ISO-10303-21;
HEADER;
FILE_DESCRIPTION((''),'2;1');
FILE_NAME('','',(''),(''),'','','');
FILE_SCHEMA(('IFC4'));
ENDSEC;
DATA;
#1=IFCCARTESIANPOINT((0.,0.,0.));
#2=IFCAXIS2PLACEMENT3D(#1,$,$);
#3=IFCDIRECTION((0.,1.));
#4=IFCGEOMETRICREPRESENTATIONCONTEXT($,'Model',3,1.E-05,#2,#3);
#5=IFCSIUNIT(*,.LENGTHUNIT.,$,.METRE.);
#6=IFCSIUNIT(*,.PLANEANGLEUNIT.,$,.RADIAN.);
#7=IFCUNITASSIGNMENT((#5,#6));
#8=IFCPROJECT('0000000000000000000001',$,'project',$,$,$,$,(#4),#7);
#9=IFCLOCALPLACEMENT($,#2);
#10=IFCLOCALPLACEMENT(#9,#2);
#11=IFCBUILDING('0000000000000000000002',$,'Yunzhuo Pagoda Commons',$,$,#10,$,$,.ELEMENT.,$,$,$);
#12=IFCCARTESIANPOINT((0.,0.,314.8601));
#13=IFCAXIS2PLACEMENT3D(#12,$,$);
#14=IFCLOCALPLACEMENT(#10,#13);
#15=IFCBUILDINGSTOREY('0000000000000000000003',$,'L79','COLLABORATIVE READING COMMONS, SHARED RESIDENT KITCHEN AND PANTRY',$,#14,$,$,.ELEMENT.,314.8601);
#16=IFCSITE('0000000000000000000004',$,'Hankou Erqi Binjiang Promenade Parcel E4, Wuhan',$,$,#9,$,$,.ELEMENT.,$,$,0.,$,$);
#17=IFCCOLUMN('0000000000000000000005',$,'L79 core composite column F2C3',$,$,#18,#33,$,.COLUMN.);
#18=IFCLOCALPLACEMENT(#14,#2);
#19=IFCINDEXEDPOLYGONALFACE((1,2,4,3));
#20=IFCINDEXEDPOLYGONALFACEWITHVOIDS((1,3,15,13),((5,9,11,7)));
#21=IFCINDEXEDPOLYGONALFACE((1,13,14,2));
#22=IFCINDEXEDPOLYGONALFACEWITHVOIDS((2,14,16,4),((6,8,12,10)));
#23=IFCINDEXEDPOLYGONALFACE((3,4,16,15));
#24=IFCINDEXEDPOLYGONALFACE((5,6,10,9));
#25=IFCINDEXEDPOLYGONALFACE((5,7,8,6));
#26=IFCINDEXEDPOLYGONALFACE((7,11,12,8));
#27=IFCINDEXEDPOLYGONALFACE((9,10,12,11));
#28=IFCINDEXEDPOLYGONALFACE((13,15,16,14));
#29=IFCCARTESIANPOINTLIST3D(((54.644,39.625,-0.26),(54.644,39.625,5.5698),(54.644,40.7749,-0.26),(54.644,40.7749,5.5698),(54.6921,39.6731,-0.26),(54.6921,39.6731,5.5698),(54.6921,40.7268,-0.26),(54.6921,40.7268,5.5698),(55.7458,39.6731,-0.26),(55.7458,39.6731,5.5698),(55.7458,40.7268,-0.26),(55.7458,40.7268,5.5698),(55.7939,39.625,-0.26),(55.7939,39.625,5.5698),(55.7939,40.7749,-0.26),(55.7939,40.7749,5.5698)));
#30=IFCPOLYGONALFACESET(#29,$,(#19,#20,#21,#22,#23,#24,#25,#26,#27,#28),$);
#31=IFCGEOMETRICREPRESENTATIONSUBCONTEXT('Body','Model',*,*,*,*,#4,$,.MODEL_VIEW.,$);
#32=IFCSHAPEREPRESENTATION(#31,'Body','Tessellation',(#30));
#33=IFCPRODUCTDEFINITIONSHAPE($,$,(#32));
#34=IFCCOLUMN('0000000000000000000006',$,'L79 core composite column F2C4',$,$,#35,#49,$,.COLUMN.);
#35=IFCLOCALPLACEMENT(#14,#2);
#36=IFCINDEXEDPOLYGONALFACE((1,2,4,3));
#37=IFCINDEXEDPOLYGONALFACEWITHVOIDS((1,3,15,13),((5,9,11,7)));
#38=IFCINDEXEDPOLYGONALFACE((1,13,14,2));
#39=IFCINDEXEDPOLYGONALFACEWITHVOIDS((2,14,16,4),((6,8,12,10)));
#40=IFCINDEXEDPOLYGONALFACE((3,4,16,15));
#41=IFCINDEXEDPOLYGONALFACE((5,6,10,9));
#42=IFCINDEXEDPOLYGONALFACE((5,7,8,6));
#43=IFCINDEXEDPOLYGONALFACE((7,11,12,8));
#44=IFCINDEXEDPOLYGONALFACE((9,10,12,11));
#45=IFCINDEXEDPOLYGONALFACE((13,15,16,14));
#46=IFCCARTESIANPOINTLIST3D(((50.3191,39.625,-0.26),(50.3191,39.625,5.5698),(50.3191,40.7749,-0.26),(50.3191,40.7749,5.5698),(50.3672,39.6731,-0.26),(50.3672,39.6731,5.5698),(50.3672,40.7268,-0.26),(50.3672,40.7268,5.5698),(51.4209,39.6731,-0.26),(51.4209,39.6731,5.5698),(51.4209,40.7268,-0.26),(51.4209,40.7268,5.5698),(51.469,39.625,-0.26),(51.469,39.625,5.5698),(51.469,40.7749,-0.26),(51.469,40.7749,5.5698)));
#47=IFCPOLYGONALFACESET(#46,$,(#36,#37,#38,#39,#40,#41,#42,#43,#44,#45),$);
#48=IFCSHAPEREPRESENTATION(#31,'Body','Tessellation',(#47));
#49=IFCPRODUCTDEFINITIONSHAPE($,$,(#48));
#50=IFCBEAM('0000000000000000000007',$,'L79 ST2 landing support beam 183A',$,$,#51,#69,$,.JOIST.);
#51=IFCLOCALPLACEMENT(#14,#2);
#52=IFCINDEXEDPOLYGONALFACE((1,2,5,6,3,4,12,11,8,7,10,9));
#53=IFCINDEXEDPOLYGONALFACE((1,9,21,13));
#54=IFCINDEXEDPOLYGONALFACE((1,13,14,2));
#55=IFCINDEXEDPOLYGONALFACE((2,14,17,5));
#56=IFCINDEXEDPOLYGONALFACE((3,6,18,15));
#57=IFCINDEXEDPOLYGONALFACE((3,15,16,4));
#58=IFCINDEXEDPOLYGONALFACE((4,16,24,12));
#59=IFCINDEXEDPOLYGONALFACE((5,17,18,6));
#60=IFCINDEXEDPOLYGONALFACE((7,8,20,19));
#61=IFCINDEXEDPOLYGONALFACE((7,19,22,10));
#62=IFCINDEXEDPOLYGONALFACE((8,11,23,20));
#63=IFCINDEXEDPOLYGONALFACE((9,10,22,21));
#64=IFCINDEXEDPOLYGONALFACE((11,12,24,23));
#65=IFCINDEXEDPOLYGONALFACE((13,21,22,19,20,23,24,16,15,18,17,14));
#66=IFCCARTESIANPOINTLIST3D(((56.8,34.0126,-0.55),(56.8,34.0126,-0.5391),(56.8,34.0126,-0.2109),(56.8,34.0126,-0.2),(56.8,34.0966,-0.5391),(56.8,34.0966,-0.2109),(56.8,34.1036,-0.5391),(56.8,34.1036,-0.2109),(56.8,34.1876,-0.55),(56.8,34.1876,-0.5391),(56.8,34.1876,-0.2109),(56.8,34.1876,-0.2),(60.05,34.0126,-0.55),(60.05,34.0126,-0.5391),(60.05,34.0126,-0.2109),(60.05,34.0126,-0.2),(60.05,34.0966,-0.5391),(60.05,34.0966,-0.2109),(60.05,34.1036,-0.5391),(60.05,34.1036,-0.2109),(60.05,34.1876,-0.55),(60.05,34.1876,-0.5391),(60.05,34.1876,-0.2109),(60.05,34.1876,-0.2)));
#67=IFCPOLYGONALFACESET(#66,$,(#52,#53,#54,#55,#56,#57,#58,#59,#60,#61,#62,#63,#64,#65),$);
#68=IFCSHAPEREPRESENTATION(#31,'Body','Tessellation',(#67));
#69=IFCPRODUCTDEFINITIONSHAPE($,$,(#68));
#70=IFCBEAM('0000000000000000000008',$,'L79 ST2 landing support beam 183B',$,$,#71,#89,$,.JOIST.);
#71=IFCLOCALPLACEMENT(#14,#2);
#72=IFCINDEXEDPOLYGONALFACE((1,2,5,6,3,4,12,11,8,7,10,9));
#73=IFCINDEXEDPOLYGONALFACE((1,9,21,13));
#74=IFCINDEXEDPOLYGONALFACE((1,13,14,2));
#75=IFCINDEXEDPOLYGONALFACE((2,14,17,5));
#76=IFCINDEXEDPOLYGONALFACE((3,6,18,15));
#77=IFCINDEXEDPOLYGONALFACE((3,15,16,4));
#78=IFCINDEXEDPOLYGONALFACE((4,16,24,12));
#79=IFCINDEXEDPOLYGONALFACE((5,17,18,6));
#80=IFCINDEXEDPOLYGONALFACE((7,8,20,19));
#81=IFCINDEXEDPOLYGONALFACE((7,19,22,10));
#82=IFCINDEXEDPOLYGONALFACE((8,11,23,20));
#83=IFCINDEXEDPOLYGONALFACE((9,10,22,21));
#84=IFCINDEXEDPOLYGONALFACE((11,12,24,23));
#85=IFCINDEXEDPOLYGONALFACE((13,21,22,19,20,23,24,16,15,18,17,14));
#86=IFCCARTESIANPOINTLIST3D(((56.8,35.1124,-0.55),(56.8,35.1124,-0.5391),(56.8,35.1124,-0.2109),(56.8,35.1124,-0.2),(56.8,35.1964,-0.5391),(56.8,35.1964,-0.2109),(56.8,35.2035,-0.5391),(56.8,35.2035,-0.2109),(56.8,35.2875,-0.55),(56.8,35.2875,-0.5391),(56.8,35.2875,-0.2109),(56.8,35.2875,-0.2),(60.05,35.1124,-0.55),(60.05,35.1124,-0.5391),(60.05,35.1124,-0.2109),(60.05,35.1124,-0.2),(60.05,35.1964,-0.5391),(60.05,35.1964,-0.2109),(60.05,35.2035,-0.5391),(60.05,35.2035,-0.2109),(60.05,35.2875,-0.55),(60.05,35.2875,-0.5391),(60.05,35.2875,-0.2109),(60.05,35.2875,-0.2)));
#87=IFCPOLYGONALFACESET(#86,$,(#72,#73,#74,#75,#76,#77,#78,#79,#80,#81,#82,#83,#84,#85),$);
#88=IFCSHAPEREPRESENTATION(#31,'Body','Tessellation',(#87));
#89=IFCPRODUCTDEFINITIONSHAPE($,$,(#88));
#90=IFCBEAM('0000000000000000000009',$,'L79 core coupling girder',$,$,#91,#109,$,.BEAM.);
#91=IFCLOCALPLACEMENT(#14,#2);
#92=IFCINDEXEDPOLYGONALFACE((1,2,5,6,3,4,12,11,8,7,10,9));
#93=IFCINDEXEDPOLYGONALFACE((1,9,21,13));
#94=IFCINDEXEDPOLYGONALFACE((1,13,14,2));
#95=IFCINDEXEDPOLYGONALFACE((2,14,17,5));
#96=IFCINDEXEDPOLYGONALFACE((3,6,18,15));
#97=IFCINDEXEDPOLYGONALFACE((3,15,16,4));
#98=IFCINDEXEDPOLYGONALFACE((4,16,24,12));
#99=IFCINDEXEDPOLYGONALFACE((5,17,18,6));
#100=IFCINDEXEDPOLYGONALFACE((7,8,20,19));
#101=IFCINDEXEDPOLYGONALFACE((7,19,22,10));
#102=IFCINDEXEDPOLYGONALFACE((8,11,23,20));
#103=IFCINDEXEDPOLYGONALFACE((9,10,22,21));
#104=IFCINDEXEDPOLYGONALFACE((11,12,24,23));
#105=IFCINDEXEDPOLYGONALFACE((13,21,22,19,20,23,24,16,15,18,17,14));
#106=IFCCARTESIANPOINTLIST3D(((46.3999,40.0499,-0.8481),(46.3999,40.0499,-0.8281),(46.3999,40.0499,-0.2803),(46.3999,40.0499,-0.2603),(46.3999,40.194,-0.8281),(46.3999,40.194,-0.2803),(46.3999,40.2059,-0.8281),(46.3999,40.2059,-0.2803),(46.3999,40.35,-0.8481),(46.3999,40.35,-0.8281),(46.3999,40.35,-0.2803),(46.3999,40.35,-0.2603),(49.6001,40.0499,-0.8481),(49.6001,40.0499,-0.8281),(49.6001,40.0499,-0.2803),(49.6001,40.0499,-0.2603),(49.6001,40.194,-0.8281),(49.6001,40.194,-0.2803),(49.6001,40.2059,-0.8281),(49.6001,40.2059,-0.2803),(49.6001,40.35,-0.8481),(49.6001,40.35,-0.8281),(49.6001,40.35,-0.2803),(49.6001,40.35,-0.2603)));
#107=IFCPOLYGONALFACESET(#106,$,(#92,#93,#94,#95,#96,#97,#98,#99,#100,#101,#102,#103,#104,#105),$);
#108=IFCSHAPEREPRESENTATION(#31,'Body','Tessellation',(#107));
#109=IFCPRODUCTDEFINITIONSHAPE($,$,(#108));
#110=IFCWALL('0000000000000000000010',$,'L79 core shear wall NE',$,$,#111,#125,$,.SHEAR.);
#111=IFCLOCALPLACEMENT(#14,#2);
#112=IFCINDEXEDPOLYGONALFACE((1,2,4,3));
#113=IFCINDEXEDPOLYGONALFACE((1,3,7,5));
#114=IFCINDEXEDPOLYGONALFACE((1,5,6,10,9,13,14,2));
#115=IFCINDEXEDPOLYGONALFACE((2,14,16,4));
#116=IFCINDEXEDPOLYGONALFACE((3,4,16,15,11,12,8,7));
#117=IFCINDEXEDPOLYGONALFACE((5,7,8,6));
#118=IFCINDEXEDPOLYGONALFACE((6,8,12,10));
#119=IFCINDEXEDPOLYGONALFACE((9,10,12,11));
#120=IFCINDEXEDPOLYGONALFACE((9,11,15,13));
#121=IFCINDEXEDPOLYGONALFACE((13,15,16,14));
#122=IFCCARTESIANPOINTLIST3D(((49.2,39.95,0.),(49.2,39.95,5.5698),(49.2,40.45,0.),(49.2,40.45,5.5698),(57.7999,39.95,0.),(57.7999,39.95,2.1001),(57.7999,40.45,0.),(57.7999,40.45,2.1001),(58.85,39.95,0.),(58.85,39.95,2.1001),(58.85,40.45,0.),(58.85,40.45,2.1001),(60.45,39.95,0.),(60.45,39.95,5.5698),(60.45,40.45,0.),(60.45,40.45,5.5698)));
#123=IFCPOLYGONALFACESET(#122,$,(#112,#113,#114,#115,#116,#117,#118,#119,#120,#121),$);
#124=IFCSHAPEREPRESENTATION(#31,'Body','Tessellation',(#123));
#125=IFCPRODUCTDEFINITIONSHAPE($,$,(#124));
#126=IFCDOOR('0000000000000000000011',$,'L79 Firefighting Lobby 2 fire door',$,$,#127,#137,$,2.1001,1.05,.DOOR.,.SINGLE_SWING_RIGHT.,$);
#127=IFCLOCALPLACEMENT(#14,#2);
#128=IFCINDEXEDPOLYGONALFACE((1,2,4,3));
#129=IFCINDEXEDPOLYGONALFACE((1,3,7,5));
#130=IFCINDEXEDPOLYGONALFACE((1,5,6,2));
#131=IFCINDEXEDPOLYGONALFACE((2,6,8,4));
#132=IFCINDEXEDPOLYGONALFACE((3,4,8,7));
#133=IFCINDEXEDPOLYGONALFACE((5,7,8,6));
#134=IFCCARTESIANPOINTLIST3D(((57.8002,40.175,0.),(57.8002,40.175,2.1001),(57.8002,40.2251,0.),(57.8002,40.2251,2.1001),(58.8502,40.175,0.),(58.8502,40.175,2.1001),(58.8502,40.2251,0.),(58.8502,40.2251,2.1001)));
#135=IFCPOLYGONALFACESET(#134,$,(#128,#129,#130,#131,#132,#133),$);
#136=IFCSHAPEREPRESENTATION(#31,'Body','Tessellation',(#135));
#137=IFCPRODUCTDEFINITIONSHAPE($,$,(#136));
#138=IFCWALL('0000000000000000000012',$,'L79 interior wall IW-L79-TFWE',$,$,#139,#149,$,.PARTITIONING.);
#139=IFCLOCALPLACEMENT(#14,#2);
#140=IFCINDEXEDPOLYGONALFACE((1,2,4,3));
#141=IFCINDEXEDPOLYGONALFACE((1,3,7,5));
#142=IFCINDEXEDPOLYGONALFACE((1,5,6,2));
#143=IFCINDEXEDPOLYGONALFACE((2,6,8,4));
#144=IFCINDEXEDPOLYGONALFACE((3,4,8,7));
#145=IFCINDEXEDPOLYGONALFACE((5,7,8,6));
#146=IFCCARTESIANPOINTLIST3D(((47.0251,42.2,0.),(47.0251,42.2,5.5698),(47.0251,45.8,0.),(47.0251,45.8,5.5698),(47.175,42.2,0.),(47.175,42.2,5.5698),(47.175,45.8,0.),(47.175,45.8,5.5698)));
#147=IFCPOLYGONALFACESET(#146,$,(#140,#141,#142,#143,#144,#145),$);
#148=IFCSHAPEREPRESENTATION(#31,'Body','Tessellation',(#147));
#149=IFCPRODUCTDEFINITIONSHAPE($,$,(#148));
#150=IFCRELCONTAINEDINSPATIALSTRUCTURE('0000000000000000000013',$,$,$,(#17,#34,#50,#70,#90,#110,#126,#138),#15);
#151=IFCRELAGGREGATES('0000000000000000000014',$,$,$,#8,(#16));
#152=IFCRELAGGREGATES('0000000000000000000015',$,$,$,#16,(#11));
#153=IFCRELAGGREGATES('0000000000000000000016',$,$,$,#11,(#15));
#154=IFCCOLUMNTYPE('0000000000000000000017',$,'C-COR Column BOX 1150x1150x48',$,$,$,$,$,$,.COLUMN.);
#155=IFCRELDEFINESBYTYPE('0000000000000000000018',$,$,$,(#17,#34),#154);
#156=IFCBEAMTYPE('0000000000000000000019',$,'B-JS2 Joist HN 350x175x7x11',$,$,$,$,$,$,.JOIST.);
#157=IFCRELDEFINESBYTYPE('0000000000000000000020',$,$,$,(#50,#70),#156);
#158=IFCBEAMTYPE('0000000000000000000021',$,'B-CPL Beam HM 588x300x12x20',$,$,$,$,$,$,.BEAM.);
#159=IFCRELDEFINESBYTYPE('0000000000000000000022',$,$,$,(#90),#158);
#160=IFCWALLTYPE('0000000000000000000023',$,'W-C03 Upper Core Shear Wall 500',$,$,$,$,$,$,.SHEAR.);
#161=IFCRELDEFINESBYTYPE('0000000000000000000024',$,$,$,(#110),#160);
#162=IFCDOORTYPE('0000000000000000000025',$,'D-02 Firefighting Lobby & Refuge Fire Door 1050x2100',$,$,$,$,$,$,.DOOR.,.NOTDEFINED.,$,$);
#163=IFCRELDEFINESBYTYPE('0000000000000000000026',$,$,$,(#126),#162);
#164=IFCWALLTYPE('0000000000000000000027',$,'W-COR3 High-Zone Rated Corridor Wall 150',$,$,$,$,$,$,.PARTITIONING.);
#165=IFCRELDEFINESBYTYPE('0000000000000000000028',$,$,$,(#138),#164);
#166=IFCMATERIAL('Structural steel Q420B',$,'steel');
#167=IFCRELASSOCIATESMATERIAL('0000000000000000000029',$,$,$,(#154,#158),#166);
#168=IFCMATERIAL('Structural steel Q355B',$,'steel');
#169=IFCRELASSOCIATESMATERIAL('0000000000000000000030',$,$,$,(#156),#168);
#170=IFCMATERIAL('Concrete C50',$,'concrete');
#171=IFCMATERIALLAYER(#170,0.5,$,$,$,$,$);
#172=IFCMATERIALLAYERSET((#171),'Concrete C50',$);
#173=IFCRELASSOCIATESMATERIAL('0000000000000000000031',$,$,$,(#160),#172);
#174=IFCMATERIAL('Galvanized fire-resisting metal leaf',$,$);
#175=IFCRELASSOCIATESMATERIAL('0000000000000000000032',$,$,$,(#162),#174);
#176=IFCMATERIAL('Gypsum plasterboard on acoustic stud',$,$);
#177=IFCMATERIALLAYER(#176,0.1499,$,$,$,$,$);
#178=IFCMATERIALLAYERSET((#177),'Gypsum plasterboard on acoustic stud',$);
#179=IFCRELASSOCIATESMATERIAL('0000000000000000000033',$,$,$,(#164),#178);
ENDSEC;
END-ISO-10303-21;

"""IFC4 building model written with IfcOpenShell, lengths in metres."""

from ifc_helpers import new_model, si_unit, direction, frame, frame_2d, origin, origin_2d, place, context, subcontext, project, spatial, rectangle, hollow_rectangle, i_section, extrude, source, transform, mapped, material, layer, layer_set, material_profile, profile_set, type_object, element, fill, save


model = new_model("IFC4")

# Units and contexts
model_context = context("Model", 3, precision=1e-05, world=origin(), true_north=direction((0.0, 1.0)))
body_context = subcontext(model_context, "Body", "Model", "MODEL_VIEW")
ifc_project = project(units=[si_unit("LENGTHUNIT", "METRE"), si_unit("PLANEANGLEUNIT", "RADIAN")], contexts=[model_context])

# Site, building, storey
site_placement = place(None, origin())
site = spatial("IfcSite", under=ifc_project, at=site_placement, Name="Hankou Erqi Binjiang Promenade Parcel E4, Wuhan", CompositionType="ELEMENT", RefElevation=0.0)
building_placement = place(site_placement, origin())
building = spatial("IfcBuilding", under=site, at=building_placement, Name="Yunzhuo Pagoda Commons", CompositionType="ELEMENT")
storey_placement = place(building_placement, frame((0.0, 0.0, 314.8601)))
storey = spatial("IfcBuildingStorey", under=building, at=storey_placement, Name="L79", Description="COLLABORATIVE READING COMMONS, SHARED RESIDENT KITCHEN AND PANTRY", CompositionType="ELEMENT", Elevation=314.8601)

# Columns
ifc_material_1 = material(Name="Structural steel Q420B", Category="steel")
ifc_material_profile_1 = material_profile(ifc_material_1, hollow_rectangle(XDim=1.1499, YDim=1.1499, WallThickness=0.0481, at=origin_2d()), Name="Structural steel Q420B")
ifc_profile_set_1 = profile_set([ifc_material_profile_1], Name="Structural steel Q420B")
column_type = type_object("IfcColumnType", Name="C-COR Column BOX 1150x1150x48", PredefinedType="COLUMN", material=ifc_profile_set_1)
shared_shape_1 = source(origin(), body_context, "Body", "SweptSolid", [
    extrude(hollow_rectangle(XDim=1.1499, YDim=1.1499, WallThickness=0.0481, at=origin_2d()), origin(), (0.0, 0.0, 1.0), 5.8298),
])
for number, where, z_axis, x_axis, name in (
    (1, (55.219, 40.2, -0.26), (0.0, 0.0, 1.0), (1.0, 0.0, 0.0), "L79 core composite column F2C3"),
    (2, (50.894, 40.2, -0.26), (0.0, 0.0, 1.0), (1.0, 0.0, 0.0), "L79 core composite column F2C4"),
):
    element("IfcColumn", number, at=place(storey_placement, frame(where, z_axis=z_axis, x_axis=x_axis)), inside=storey, type_object=column_type, Name=name, PredefinedType="COLUMN", context=body_context, shape_type="MappedRepresentation", body=[
        mapped(shared_shape_1, transform((0.0, 0.0, 0.0), scale=1.0)),
    ])

# Beams
ifc_material_2 = material(Name="Structural steel Q355B", Category="steel")
ifc_material_profile_2 = material_profile(ifc_material_2, i_section(OverallWidth=0.175, OverallDepth=0.3501, WebThickness=0.0071, FlangeThickness=0.011, at=origin_2d()), Name="Structural steel Q355B")
ifc_profile_set_2 = profile_set([ifc_material_profile_2], Name="Structural steel Q355B")
beam_type_1 = type_object("IfcBeamType", Name="B-JS2 Joist HN 350x175x7x11", PredefinedType="JOIST", material=ifc_profile_set_2)
shared_shape_2 = source(origin(), body_context, "Body", "SweptSolid", [
    extrude(i_section(OverallWidth=0.175, OverallDepth=0.3501, WebThickness=0.0071, FlangeThickness=0.011, at=origin_2d()), origin(), (0.0, 0.0, 1.0), 3.25),
])
for number, where, z_axis, x_axis, name in (
    (3, (56.8, 34.1001, -0.375), (1.0, 0.0, 0.0), (0.0, 1.0, 0.0), "L79 ST2 landing support beam 183A"),
    (4, (56.8, 35.2, -0.375), (1.0, 0.0, 0.0), (0.0, 1.0, 0.0), "L79 ST2 landing support beam 183B"),
):
    element("IfcBeam", number, at=place(storey_placement, frame(where, z_axis=z_axis, x_axis=x_axis)), inside=storey, type_object=beam_type_1, Name=name, PredefinedType="JOIST", context=body_context, shape_type="MappedRepresentation", body=[
        mapped(shared_shape_2, transform((0.0, 0.0, 0.0), scale=1.0)),
    ])
ifc_material_profile_3 = material_profile(ifc_material_1, i_section(OverallWidth=0.3, OverallDepth=0.5879, WebThickness=0.012, FlangeThickness=0.02, at=origin_2d()), Name="Structural steel Q420B")
ifc_profile_set_3 = profile_set([ifc_material_profile_3], Name="Structural steel Q420B")
beam_type_2 = type_object("IfcBeamType", Name="B-CPL Beam HM 588x300x12x20", PredefinedType="BEAM", material=ifc_profile_set_3)
shared_shape_3 = source(origin(), body_context, "Body", "SweptSolid", [
    extrude(i_section(OverallWidth=0.3, OverallDepth=0.5879, WebThickness=0.012, FlangeThickness=0.02, at=origin_2d()), origin(), (0.0, 0.0, 1.0), 3.2002),
])
beam_placement = place(storey_placement, frame((46.3999, 40.2, -0.5542), z_axis=(1.0, 0.0, 0.0), x_axis=(0.0, 1.0, 0.0)))
element("IfcBeam", 5, at=beam_placement, inside=storey, type_object=beam_type_2, Name="L79 core coupling girder", PredefinedType="BEAM", context=body_context, shape_type="MappedRepresentation", body=[
    mapped(shared_shape_3, transform((0.0, 0.0, 0.0), scale=1.0)),
])

# Wall, opening, door
ifc_material_3 = material(Name="Concrete C50", Category="concrete")
ifc_layer_1 = layer(ifc_material_3, 0.5)
ifc_layer_set_1 = layer_set([ifc_layer_1], Name="Concrete C50")
wall_type_1 = type_object("IfcWallType", Name="W-C03 Upper Core Shear Wall 500", PredefinedType="SHEAR", material=ifc_layer_set_1)
wall_1_placement = place(storey_placement, frame((49.2, 40.2, 0.0), z_axis=(0.0, 0.0, 1.0), x_axis=(1.0, 0.0, 0.0)))
wall_1 = element("IfcWall", 6, at=wall_1_placement, inside=storey, type_object=wall_type_1, Name="L79 core shear wall NE", PredefinedType="SHEAR", context=body_context, shape_type="SweptSolid", body=[
    extrude(rectangle(XDim=11.25, YDim=0.5, at=frame_2d((5.625, 0.0))), origin(), (0.0, 0.0, 1.0), 5.5698),
])
opening_1_placement = place(wall_1_placement, frame((8.6001, 0.0, 0.0)))
opening_1 = element("IfcOpeningElement", 7, at=opening_1_placement, cuts=wall_1, PredefinedType="OPENING", context=body_context, shape_type="SweptSolid", body=[
    extrude(rectangle(XDim=1.05, YDim=2.1001, at=frame_2d((0.5249, 1.05))), frame((0.0, 0.26, 0.0), z_axis=(0.0, -1.0, 0.0), x_axis=(1.0, 0.0, 0.0)), (0.0, 0.0, 1.0), 0.52),
])
ifc_material_4 = material(Name="Galvanized fire-resisting metal leaf")
door_type_1 = type_object("IfcDoorType", Name="D-02 Firefighting Lobby & Refuge Fire Door 1050x2100", OperationType="NOTDEFINED", PredefinedType="DOOR", material=ifc_material_4)
shared_shape_4 = source(origin(), body_context, "Body", "SweptSolid", [
    extrude(rectangle(XDim=1.05, YDim=2.1001, at=frame_2d((0.5249, 1.05))), frame((0.0, 0.0249, 0.0), z_axis=(0.0, -1.0, 0.0), x_axis=(1.0, 0.0, 0.0)), (0.0, 0.0, 1.0), 0.05),
])
door_1_placement = place(opening_1_placement, frame((1.05, 0.0, 0.0), z_axis=(0.0, 0.0, 1.0), x_axis=(-1.0, 0.0, 0.0)))
door_1 = element("IfcDoor", 8, at=door_1_placement, inside=storey, type_object=door_type_1, Name="L79 Firefighting Lobby 2 fire door", OperationType="SINGLE_SWING_RIGHT", OverallHeight=2.1001, OverallWidth=1.05, PredefinedType="DOOR", context=body_context, shape_type="MappedRepresentation", body=[
    mapped(shared_shape_4, transform((0.0, 0.0, 0.0), scale=1.0)),
])
fill(opening_1, door_1)

# Wall
ifc_material_5 = material(Name="Gypsum plasterboard on acoustic stud")
ifc_layer_2 = layer(ifc_material_5, 0.1499)
ifc_layer_set_2 = layer_set([ifc_layer_2], Name="Gypsum plasterboard on acoustic stud")
wall_type_2 = type_object("IfcWallType", Name="W-COR3 High-Zone Rated Corridor Wall 150", PredefinedType="PARTITIONING", material=ifc_layer_set_2)
wall_2_placement = place(storey_placement, frame((47.1001, 42.2, 0.0), z_axis=(0.0, 0.0, 1.0), x_axis=(0.0, 1.0, 0.0)))
element("IfcWall", 9, at=wall_2_placement, inside=storey, type_object=wall_type_2, Name="L79 interior wall IW-L79-TFWE", PredefinedType="PARTITIONING", context=body_context, shape_type="SweptSolid", body=[
    extrude(rectangle(XDim=3.6001, YDim=0.1499, at=frame_2d((1.8, 0.0))), origin(), (0.0, 0.0, 1.0), 5.5698),
])

save(model, "model.ifc")
